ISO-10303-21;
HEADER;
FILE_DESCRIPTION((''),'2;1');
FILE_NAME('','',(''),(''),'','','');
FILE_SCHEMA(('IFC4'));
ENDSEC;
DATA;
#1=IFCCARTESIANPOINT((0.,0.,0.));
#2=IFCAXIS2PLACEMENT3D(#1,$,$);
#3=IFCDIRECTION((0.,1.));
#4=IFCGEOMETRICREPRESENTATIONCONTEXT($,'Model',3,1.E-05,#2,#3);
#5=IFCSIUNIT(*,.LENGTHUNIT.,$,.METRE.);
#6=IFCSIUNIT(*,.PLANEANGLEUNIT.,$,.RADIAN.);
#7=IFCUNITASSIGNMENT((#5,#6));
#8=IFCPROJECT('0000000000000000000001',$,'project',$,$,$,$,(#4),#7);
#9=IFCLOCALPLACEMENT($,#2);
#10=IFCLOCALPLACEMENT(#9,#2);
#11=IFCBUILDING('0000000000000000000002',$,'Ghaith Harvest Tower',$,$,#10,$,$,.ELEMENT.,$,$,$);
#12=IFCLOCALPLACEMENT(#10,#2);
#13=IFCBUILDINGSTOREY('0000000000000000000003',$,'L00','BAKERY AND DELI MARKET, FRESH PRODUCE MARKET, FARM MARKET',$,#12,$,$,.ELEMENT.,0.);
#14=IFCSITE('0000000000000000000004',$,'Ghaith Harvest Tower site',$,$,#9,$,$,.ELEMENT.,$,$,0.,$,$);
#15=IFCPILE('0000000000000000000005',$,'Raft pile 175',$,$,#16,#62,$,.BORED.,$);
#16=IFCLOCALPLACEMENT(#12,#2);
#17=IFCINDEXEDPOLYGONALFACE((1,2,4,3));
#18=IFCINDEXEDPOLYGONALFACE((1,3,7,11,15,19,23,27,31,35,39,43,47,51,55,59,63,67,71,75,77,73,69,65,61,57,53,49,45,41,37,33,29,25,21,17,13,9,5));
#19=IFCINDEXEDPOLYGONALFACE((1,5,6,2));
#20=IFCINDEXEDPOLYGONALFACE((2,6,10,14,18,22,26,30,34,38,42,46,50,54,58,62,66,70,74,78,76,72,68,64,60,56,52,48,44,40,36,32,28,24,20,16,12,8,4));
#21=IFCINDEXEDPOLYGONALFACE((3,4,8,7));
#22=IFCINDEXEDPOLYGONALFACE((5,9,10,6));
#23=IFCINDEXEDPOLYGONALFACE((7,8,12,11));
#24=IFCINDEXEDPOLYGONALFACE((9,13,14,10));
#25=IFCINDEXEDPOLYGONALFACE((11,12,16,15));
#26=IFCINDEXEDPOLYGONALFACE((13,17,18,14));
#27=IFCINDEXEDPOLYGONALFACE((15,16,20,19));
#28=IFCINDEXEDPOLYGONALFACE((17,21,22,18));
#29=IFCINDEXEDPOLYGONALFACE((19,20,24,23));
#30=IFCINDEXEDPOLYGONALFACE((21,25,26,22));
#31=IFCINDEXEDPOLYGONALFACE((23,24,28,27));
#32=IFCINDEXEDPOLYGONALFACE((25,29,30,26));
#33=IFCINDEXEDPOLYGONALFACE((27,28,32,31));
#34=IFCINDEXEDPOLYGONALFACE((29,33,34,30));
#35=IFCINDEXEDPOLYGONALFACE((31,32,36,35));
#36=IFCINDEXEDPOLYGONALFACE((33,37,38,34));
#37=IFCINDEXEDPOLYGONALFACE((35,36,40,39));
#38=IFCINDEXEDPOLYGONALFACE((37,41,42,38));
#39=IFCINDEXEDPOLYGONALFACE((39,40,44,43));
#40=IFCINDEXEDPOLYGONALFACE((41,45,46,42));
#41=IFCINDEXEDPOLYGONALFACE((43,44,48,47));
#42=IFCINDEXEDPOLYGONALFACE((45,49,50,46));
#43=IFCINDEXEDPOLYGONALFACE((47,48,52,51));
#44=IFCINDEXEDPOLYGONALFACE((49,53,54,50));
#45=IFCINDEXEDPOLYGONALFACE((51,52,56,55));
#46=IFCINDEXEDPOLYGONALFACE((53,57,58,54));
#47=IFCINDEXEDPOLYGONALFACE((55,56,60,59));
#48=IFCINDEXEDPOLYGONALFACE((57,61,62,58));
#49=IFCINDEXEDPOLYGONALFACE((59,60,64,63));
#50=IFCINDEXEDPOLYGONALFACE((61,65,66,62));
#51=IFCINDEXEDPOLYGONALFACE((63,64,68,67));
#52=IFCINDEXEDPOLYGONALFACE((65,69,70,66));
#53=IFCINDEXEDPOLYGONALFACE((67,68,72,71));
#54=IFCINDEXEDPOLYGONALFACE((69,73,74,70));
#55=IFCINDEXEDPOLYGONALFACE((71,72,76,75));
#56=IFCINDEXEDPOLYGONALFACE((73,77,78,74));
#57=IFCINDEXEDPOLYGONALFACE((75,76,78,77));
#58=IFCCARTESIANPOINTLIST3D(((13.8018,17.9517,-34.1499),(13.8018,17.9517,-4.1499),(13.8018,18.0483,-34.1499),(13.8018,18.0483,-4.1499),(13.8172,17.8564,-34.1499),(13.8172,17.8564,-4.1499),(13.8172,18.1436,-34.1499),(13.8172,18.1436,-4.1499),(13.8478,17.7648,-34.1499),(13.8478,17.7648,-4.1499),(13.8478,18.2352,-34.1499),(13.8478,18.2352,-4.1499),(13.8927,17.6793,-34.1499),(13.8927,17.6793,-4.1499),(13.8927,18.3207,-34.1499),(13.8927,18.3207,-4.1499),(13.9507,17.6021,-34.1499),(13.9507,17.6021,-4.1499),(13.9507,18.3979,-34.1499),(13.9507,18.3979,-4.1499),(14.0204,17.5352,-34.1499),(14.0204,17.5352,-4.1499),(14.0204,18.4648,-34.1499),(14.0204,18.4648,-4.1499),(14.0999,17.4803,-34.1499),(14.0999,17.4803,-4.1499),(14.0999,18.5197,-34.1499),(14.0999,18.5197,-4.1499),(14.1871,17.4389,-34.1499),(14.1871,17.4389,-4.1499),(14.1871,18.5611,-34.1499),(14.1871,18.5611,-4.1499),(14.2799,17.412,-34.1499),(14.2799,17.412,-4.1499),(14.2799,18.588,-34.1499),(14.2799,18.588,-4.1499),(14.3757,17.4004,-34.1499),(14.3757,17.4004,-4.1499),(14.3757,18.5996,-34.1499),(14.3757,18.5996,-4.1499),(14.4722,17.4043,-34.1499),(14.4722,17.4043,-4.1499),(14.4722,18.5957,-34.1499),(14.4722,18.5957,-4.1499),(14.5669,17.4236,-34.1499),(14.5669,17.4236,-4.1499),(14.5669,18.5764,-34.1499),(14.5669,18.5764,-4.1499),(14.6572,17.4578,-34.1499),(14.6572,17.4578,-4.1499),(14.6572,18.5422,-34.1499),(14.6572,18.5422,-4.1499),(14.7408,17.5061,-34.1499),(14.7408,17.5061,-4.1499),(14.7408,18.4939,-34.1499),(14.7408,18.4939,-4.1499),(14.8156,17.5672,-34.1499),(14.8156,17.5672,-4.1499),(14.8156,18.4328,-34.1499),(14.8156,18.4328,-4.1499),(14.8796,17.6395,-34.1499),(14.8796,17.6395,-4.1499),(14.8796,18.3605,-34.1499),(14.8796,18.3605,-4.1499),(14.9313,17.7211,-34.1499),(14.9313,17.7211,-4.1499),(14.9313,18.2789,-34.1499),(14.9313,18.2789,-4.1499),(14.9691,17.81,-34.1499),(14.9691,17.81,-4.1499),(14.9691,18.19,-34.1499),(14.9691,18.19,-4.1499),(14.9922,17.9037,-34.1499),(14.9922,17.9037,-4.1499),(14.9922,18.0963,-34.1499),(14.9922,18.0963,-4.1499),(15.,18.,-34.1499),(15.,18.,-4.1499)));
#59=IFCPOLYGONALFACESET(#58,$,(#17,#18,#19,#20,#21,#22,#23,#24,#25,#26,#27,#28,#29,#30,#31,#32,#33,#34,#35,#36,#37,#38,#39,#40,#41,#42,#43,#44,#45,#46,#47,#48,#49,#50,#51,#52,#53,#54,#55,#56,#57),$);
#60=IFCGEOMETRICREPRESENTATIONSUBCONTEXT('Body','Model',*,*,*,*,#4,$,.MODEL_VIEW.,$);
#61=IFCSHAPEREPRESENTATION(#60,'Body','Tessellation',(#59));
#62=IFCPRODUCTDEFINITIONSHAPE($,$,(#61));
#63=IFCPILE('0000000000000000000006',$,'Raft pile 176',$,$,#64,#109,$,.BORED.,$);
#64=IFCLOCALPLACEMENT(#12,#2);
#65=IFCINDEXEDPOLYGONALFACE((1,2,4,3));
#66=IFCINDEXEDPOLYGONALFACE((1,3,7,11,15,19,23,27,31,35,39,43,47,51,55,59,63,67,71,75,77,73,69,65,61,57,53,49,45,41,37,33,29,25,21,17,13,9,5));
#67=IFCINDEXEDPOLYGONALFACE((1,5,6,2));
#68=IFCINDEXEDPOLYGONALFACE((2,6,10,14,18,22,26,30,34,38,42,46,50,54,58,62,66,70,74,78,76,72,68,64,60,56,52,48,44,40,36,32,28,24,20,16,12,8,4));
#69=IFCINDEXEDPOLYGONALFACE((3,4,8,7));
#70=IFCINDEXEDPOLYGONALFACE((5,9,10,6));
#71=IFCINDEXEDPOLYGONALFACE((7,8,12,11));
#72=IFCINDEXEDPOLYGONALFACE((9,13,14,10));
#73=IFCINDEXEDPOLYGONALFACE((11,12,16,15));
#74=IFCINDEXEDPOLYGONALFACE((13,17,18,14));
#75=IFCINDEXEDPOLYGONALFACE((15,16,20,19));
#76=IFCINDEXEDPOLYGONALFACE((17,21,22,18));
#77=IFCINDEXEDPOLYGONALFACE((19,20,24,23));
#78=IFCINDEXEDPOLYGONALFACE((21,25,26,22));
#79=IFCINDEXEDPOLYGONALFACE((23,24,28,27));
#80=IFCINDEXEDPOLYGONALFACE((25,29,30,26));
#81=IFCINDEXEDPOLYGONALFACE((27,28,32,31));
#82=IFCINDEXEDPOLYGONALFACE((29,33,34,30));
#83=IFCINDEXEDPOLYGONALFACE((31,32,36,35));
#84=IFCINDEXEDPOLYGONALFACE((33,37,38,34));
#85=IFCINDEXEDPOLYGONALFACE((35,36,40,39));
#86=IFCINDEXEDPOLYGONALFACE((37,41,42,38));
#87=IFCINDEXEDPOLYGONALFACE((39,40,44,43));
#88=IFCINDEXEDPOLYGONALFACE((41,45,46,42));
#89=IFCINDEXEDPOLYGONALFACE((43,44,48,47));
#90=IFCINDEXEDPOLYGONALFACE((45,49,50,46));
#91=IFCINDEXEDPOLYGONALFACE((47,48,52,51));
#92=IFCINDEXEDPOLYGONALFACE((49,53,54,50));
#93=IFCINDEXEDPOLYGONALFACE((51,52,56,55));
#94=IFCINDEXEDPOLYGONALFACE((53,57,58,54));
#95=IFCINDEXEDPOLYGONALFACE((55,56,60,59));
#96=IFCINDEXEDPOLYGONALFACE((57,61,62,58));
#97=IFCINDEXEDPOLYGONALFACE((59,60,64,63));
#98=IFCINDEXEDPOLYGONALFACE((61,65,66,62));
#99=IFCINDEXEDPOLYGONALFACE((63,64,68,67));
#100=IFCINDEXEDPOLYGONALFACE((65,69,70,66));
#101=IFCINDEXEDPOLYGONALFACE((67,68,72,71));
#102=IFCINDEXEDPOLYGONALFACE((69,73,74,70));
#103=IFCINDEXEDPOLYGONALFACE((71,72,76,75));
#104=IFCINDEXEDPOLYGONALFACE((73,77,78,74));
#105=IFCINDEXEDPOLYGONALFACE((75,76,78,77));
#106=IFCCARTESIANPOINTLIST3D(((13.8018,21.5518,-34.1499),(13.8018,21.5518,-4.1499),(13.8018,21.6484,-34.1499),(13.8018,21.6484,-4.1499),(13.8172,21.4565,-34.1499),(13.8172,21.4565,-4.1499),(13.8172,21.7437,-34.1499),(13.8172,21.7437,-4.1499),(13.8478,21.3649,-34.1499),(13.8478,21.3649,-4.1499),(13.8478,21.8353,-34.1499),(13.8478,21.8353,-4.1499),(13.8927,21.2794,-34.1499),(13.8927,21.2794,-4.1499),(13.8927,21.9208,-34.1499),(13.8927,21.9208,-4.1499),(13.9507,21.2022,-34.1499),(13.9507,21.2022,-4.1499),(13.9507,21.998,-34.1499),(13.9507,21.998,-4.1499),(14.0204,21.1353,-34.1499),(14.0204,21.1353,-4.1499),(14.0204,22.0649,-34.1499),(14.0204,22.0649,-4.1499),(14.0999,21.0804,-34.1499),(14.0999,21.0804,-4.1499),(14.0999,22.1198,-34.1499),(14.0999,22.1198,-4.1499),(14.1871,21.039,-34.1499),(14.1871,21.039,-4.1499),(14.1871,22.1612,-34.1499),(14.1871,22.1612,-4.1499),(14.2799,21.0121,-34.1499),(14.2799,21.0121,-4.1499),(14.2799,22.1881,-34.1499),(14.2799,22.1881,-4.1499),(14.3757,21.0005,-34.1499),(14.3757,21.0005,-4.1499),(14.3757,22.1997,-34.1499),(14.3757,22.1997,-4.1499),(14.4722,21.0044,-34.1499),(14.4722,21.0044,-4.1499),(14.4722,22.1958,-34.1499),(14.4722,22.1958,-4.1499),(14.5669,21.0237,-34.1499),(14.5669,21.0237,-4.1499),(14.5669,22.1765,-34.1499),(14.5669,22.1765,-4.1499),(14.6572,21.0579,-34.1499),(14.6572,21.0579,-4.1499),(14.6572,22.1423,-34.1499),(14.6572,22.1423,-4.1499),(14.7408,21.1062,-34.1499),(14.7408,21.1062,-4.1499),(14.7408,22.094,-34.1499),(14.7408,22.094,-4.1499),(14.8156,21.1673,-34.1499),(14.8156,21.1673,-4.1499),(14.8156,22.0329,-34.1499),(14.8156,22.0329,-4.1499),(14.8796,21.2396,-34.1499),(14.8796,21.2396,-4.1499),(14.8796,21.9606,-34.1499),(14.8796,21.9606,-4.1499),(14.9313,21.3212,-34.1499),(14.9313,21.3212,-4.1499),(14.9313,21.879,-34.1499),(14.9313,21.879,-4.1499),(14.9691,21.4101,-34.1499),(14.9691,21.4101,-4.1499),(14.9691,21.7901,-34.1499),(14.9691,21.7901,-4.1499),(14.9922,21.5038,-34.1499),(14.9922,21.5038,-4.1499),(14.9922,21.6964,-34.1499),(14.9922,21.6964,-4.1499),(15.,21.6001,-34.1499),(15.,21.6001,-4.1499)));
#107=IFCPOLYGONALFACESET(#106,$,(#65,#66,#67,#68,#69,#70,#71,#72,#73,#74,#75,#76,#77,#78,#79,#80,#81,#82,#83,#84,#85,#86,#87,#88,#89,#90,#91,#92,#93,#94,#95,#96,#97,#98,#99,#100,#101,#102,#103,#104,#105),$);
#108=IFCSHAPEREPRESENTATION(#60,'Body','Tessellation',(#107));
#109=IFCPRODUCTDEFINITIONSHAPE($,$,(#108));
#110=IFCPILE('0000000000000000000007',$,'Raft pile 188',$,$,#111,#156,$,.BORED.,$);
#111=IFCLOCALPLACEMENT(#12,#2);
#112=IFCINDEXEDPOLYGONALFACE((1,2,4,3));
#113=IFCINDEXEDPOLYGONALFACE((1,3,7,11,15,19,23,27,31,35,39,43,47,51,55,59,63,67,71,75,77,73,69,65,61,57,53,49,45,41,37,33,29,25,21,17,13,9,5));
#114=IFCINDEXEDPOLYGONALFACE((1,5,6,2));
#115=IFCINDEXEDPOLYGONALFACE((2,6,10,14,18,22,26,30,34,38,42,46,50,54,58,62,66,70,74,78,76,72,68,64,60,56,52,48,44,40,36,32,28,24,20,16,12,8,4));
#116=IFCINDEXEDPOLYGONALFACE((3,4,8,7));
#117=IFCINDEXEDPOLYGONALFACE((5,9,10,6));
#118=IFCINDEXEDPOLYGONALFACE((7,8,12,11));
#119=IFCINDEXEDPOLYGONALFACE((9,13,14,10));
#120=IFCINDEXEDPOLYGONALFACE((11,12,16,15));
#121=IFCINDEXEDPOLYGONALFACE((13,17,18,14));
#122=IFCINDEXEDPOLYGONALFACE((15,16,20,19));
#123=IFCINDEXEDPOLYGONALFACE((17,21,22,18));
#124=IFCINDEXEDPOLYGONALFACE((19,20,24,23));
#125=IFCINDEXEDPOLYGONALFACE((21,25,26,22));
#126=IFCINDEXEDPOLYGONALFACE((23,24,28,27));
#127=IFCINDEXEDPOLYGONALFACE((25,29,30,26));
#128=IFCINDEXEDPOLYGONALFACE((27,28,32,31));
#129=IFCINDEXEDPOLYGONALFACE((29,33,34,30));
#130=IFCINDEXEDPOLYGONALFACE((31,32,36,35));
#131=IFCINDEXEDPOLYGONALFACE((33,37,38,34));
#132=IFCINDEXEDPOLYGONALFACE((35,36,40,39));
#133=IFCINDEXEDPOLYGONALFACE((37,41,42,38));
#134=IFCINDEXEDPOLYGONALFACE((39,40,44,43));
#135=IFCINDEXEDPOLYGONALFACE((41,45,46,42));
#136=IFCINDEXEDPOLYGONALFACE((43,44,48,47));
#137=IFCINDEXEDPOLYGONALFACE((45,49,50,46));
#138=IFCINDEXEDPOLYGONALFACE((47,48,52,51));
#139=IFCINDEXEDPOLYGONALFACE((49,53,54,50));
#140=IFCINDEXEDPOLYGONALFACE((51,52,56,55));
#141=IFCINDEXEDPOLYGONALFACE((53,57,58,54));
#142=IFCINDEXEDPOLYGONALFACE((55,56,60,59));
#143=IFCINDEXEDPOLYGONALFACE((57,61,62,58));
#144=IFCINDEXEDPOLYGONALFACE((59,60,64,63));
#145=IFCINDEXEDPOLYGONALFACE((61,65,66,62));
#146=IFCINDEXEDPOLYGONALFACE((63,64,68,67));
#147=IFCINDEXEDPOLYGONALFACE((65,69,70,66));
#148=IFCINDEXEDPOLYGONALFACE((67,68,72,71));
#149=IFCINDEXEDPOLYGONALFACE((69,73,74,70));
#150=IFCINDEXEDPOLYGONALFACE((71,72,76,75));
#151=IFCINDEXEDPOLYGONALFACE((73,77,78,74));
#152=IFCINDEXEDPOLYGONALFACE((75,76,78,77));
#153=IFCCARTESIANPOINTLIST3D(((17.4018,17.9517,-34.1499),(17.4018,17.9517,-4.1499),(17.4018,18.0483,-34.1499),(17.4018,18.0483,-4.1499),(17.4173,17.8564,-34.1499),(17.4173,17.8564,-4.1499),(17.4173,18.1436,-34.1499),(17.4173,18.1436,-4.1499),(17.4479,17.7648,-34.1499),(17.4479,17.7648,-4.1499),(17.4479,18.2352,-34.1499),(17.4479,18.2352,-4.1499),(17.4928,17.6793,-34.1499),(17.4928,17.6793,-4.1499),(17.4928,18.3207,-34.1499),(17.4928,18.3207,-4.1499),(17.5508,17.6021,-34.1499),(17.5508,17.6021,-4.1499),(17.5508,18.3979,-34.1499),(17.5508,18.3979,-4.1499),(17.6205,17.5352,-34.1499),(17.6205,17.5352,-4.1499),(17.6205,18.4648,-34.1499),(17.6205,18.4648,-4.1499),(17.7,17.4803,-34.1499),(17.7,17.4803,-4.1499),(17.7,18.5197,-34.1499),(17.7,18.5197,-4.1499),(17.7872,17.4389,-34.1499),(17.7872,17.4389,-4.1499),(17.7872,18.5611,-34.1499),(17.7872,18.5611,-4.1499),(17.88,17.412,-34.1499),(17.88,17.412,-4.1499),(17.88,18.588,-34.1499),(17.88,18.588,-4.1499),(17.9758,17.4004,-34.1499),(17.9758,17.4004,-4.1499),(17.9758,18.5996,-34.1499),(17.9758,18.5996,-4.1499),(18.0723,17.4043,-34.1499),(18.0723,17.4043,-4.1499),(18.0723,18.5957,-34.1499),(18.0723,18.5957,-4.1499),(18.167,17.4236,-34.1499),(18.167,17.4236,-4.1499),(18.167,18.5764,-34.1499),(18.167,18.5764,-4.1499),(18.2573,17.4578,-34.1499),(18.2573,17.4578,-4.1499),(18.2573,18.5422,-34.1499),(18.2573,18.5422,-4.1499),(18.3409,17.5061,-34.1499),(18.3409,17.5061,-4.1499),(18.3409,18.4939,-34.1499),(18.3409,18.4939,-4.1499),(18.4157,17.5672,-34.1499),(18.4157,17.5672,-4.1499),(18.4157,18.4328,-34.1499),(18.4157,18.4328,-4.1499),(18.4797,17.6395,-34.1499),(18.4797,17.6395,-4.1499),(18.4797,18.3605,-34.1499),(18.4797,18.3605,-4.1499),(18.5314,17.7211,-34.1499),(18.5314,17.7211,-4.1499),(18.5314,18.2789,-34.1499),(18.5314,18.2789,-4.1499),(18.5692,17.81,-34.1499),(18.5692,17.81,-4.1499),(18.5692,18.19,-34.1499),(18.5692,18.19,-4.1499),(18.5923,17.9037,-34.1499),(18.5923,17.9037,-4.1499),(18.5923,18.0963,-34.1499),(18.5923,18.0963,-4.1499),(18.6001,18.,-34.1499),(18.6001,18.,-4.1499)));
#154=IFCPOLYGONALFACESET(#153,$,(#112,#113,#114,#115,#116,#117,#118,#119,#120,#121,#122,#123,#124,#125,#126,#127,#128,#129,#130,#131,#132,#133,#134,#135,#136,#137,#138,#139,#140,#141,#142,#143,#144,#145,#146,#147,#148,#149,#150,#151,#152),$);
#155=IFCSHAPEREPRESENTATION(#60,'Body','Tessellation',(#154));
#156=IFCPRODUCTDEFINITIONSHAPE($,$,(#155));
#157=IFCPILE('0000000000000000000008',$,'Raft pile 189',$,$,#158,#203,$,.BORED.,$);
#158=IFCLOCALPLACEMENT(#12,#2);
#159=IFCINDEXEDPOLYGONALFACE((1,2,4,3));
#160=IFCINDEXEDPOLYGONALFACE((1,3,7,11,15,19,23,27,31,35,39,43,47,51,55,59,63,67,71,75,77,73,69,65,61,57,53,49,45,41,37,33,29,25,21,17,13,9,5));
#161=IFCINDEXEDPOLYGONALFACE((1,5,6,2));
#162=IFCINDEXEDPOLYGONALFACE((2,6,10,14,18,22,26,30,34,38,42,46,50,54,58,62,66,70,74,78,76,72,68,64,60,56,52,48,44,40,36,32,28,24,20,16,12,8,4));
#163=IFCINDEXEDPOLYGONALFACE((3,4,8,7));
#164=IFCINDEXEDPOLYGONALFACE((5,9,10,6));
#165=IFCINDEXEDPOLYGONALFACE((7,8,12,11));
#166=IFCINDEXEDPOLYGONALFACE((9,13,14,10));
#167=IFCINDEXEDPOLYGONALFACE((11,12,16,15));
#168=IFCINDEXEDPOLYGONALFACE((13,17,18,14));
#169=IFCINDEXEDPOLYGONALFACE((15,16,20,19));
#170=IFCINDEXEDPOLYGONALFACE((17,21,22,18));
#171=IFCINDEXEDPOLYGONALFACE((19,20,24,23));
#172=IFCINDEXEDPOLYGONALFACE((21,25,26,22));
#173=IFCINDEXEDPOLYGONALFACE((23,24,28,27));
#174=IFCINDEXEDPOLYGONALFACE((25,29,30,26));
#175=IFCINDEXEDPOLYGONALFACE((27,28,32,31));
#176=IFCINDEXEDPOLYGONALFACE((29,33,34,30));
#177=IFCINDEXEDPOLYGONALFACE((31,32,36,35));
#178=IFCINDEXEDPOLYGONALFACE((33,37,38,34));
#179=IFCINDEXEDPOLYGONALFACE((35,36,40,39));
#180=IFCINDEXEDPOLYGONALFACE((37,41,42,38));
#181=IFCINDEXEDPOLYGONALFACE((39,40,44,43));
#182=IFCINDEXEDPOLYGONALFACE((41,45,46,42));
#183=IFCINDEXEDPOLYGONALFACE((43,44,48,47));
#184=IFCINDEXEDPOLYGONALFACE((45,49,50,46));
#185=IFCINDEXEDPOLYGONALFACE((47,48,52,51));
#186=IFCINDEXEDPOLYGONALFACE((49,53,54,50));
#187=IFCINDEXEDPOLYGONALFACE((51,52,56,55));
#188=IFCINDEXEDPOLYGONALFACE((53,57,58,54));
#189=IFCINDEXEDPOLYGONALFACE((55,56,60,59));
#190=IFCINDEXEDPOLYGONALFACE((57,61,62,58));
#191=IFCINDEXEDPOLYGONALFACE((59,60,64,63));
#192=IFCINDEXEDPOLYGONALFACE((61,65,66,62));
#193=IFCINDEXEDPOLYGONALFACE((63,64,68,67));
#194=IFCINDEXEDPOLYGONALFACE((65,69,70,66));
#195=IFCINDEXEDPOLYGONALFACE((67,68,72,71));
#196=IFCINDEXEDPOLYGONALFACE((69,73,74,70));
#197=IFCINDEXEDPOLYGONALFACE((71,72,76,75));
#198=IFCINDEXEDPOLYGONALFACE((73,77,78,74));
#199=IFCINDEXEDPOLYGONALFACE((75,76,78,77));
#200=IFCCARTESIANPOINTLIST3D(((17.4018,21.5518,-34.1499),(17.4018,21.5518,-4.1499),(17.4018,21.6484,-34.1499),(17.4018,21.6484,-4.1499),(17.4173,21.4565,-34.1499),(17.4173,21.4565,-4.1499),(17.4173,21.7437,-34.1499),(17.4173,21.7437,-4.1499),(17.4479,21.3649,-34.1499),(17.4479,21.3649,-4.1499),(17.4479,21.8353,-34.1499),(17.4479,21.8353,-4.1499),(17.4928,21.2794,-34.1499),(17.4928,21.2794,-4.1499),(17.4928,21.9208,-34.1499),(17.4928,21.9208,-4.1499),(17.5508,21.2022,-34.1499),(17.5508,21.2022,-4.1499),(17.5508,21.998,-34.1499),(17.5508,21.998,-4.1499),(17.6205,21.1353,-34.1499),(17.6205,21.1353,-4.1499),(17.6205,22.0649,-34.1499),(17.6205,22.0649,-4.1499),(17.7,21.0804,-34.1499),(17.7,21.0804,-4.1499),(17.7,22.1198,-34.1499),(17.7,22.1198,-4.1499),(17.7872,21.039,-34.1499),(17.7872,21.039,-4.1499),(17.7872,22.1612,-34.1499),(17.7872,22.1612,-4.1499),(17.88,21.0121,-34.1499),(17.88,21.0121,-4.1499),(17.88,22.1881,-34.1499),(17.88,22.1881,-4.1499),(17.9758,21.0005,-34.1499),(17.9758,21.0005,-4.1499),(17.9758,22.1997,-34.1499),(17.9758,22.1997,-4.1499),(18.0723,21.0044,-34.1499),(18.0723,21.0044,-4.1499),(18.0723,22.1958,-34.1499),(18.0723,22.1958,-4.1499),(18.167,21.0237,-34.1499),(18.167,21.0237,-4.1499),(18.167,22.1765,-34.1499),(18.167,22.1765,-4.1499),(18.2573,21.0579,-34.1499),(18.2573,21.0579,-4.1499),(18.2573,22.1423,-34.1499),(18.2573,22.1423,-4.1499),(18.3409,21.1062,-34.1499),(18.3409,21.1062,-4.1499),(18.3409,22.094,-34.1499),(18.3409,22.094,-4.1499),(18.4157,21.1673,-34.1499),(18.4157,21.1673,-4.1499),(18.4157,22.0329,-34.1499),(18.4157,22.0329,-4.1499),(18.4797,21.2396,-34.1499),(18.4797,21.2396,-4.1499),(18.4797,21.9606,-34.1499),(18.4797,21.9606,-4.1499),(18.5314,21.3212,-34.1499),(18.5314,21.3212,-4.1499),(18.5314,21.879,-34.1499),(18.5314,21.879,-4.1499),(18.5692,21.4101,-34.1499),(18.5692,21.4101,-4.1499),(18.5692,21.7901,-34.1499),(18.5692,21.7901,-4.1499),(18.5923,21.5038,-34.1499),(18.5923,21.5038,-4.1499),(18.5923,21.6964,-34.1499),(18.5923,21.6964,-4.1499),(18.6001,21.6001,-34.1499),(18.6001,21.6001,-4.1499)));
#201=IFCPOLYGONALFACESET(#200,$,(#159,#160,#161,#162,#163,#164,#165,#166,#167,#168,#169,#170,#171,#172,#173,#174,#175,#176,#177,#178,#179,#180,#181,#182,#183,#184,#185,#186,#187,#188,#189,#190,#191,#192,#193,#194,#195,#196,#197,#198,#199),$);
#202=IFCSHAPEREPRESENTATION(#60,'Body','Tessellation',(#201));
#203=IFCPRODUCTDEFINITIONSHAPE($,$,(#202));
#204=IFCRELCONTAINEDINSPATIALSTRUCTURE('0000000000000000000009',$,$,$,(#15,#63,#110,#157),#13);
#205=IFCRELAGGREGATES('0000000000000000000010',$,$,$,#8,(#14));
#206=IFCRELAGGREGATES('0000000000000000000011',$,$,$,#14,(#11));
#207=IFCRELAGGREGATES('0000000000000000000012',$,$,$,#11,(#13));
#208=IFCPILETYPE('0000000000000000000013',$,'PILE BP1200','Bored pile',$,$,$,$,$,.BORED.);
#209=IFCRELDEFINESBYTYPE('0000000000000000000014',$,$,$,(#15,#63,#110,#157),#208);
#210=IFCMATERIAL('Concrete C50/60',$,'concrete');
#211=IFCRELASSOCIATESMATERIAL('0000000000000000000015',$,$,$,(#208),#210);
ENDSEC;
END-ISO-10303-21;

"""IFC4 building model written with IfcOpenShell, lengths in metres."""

from ifc_helpers import new_model, si_unit, direction, frame, origin, origin_2d, place, context, subcontext, project, spatial, circle, extrude, material, material_profile, profile_set, type_object, element, save


model = new_model("IFC4")

# Units and contexts
model_context = context("Model", 3, precision=1e-05, world=origin(), true_north=direction((0.0, 1.0)))
body_context = subcontext(model_context, "Body", "Model", "MODEL_VIEW")
ifc_project = project(units=[si_unit("LENGTHUNIT", "METRE"), si_unit("PLANEANGLEUNIT", "RADIAN")], contexts=[model_context])

# Site, building, storey
site_placement = place(None, origin())
site = spatial("IfcSite", under=ifc_project, at=site_placement, Name="Ghaith Harvest Tower site", CompositionType="ELEMENT", RefElevation=0.0)
building_placement = place(site_placement, origin())
building = spatial("IfcBuilding", under=site, at=building_placement, Name="Ghaith Harvest Tower", CompositionType="ELEMENT")
storey_placement = place(building_placement, origin())
storey = spatial("IfcBuildingStorey", under=building, at=storey_placement, Name="L00", Description="BAKERY AND DELI MARKET, FRESH PRODUCE MARKET, FARM MARKET", CompositionType="ELEMENT", Elevation=0.0)

# Piles
ifc_material_1 = material(Name="Concrete C50/60", Category="concrete")
ifc_material_profile_1 = material_profile(ifc_material_1, circle(Radius=0.6001, at=origin_2d()), Name="PILE1200")
ifc_profile_set_1 = profile_set([ifc_material_profile_1], Name="Concrete C50/60")
pile_type_1 = type_object("IfcPileType", Name="PILE BP1200", Description="Bored pile", PredefinedType="BORED", material=ifc_profile_set_1)
for number, where, z_axis, x_axis, name in (
    (1, (14.3999, 18.0, -4.1499), (0.0, 0.0, -1.0), (1.0, 0.0, 0.0), "Raft pile 175"),
    (2, (14.3999, 21.6001, -4.1499), (0.0, 0.0, -1.0), (1.0, 0.0, 0.0), "Raft pile 176"),
    (3, (18.0, 18.0, -4.1499), (0.0, 0.0, -1.0), (1.0, 0.0, 0.0), "Raft pile 188"),
    (4, (18.0, 21.6001, -4.1499), (0.0, 0.0, -1.0), (1.0, 0.0, 0.0), "Raft pile 189"),
):
    element("IfcPile", number, at=place(storey_placement, frame(where, z_axis=z_axis, x_axis=x_axis)), inside=storey, type_object=pile_type_1, Name=name, PredefinedType="BORED", context=body_context, shape_type="SweptSolid", body=[
        extrude(circle(Radius=0.6001, at=origin_2d()), origin(), (0.0, 0.0, 1.0), 30.0),
    ])

save(model, "model.ifc")
